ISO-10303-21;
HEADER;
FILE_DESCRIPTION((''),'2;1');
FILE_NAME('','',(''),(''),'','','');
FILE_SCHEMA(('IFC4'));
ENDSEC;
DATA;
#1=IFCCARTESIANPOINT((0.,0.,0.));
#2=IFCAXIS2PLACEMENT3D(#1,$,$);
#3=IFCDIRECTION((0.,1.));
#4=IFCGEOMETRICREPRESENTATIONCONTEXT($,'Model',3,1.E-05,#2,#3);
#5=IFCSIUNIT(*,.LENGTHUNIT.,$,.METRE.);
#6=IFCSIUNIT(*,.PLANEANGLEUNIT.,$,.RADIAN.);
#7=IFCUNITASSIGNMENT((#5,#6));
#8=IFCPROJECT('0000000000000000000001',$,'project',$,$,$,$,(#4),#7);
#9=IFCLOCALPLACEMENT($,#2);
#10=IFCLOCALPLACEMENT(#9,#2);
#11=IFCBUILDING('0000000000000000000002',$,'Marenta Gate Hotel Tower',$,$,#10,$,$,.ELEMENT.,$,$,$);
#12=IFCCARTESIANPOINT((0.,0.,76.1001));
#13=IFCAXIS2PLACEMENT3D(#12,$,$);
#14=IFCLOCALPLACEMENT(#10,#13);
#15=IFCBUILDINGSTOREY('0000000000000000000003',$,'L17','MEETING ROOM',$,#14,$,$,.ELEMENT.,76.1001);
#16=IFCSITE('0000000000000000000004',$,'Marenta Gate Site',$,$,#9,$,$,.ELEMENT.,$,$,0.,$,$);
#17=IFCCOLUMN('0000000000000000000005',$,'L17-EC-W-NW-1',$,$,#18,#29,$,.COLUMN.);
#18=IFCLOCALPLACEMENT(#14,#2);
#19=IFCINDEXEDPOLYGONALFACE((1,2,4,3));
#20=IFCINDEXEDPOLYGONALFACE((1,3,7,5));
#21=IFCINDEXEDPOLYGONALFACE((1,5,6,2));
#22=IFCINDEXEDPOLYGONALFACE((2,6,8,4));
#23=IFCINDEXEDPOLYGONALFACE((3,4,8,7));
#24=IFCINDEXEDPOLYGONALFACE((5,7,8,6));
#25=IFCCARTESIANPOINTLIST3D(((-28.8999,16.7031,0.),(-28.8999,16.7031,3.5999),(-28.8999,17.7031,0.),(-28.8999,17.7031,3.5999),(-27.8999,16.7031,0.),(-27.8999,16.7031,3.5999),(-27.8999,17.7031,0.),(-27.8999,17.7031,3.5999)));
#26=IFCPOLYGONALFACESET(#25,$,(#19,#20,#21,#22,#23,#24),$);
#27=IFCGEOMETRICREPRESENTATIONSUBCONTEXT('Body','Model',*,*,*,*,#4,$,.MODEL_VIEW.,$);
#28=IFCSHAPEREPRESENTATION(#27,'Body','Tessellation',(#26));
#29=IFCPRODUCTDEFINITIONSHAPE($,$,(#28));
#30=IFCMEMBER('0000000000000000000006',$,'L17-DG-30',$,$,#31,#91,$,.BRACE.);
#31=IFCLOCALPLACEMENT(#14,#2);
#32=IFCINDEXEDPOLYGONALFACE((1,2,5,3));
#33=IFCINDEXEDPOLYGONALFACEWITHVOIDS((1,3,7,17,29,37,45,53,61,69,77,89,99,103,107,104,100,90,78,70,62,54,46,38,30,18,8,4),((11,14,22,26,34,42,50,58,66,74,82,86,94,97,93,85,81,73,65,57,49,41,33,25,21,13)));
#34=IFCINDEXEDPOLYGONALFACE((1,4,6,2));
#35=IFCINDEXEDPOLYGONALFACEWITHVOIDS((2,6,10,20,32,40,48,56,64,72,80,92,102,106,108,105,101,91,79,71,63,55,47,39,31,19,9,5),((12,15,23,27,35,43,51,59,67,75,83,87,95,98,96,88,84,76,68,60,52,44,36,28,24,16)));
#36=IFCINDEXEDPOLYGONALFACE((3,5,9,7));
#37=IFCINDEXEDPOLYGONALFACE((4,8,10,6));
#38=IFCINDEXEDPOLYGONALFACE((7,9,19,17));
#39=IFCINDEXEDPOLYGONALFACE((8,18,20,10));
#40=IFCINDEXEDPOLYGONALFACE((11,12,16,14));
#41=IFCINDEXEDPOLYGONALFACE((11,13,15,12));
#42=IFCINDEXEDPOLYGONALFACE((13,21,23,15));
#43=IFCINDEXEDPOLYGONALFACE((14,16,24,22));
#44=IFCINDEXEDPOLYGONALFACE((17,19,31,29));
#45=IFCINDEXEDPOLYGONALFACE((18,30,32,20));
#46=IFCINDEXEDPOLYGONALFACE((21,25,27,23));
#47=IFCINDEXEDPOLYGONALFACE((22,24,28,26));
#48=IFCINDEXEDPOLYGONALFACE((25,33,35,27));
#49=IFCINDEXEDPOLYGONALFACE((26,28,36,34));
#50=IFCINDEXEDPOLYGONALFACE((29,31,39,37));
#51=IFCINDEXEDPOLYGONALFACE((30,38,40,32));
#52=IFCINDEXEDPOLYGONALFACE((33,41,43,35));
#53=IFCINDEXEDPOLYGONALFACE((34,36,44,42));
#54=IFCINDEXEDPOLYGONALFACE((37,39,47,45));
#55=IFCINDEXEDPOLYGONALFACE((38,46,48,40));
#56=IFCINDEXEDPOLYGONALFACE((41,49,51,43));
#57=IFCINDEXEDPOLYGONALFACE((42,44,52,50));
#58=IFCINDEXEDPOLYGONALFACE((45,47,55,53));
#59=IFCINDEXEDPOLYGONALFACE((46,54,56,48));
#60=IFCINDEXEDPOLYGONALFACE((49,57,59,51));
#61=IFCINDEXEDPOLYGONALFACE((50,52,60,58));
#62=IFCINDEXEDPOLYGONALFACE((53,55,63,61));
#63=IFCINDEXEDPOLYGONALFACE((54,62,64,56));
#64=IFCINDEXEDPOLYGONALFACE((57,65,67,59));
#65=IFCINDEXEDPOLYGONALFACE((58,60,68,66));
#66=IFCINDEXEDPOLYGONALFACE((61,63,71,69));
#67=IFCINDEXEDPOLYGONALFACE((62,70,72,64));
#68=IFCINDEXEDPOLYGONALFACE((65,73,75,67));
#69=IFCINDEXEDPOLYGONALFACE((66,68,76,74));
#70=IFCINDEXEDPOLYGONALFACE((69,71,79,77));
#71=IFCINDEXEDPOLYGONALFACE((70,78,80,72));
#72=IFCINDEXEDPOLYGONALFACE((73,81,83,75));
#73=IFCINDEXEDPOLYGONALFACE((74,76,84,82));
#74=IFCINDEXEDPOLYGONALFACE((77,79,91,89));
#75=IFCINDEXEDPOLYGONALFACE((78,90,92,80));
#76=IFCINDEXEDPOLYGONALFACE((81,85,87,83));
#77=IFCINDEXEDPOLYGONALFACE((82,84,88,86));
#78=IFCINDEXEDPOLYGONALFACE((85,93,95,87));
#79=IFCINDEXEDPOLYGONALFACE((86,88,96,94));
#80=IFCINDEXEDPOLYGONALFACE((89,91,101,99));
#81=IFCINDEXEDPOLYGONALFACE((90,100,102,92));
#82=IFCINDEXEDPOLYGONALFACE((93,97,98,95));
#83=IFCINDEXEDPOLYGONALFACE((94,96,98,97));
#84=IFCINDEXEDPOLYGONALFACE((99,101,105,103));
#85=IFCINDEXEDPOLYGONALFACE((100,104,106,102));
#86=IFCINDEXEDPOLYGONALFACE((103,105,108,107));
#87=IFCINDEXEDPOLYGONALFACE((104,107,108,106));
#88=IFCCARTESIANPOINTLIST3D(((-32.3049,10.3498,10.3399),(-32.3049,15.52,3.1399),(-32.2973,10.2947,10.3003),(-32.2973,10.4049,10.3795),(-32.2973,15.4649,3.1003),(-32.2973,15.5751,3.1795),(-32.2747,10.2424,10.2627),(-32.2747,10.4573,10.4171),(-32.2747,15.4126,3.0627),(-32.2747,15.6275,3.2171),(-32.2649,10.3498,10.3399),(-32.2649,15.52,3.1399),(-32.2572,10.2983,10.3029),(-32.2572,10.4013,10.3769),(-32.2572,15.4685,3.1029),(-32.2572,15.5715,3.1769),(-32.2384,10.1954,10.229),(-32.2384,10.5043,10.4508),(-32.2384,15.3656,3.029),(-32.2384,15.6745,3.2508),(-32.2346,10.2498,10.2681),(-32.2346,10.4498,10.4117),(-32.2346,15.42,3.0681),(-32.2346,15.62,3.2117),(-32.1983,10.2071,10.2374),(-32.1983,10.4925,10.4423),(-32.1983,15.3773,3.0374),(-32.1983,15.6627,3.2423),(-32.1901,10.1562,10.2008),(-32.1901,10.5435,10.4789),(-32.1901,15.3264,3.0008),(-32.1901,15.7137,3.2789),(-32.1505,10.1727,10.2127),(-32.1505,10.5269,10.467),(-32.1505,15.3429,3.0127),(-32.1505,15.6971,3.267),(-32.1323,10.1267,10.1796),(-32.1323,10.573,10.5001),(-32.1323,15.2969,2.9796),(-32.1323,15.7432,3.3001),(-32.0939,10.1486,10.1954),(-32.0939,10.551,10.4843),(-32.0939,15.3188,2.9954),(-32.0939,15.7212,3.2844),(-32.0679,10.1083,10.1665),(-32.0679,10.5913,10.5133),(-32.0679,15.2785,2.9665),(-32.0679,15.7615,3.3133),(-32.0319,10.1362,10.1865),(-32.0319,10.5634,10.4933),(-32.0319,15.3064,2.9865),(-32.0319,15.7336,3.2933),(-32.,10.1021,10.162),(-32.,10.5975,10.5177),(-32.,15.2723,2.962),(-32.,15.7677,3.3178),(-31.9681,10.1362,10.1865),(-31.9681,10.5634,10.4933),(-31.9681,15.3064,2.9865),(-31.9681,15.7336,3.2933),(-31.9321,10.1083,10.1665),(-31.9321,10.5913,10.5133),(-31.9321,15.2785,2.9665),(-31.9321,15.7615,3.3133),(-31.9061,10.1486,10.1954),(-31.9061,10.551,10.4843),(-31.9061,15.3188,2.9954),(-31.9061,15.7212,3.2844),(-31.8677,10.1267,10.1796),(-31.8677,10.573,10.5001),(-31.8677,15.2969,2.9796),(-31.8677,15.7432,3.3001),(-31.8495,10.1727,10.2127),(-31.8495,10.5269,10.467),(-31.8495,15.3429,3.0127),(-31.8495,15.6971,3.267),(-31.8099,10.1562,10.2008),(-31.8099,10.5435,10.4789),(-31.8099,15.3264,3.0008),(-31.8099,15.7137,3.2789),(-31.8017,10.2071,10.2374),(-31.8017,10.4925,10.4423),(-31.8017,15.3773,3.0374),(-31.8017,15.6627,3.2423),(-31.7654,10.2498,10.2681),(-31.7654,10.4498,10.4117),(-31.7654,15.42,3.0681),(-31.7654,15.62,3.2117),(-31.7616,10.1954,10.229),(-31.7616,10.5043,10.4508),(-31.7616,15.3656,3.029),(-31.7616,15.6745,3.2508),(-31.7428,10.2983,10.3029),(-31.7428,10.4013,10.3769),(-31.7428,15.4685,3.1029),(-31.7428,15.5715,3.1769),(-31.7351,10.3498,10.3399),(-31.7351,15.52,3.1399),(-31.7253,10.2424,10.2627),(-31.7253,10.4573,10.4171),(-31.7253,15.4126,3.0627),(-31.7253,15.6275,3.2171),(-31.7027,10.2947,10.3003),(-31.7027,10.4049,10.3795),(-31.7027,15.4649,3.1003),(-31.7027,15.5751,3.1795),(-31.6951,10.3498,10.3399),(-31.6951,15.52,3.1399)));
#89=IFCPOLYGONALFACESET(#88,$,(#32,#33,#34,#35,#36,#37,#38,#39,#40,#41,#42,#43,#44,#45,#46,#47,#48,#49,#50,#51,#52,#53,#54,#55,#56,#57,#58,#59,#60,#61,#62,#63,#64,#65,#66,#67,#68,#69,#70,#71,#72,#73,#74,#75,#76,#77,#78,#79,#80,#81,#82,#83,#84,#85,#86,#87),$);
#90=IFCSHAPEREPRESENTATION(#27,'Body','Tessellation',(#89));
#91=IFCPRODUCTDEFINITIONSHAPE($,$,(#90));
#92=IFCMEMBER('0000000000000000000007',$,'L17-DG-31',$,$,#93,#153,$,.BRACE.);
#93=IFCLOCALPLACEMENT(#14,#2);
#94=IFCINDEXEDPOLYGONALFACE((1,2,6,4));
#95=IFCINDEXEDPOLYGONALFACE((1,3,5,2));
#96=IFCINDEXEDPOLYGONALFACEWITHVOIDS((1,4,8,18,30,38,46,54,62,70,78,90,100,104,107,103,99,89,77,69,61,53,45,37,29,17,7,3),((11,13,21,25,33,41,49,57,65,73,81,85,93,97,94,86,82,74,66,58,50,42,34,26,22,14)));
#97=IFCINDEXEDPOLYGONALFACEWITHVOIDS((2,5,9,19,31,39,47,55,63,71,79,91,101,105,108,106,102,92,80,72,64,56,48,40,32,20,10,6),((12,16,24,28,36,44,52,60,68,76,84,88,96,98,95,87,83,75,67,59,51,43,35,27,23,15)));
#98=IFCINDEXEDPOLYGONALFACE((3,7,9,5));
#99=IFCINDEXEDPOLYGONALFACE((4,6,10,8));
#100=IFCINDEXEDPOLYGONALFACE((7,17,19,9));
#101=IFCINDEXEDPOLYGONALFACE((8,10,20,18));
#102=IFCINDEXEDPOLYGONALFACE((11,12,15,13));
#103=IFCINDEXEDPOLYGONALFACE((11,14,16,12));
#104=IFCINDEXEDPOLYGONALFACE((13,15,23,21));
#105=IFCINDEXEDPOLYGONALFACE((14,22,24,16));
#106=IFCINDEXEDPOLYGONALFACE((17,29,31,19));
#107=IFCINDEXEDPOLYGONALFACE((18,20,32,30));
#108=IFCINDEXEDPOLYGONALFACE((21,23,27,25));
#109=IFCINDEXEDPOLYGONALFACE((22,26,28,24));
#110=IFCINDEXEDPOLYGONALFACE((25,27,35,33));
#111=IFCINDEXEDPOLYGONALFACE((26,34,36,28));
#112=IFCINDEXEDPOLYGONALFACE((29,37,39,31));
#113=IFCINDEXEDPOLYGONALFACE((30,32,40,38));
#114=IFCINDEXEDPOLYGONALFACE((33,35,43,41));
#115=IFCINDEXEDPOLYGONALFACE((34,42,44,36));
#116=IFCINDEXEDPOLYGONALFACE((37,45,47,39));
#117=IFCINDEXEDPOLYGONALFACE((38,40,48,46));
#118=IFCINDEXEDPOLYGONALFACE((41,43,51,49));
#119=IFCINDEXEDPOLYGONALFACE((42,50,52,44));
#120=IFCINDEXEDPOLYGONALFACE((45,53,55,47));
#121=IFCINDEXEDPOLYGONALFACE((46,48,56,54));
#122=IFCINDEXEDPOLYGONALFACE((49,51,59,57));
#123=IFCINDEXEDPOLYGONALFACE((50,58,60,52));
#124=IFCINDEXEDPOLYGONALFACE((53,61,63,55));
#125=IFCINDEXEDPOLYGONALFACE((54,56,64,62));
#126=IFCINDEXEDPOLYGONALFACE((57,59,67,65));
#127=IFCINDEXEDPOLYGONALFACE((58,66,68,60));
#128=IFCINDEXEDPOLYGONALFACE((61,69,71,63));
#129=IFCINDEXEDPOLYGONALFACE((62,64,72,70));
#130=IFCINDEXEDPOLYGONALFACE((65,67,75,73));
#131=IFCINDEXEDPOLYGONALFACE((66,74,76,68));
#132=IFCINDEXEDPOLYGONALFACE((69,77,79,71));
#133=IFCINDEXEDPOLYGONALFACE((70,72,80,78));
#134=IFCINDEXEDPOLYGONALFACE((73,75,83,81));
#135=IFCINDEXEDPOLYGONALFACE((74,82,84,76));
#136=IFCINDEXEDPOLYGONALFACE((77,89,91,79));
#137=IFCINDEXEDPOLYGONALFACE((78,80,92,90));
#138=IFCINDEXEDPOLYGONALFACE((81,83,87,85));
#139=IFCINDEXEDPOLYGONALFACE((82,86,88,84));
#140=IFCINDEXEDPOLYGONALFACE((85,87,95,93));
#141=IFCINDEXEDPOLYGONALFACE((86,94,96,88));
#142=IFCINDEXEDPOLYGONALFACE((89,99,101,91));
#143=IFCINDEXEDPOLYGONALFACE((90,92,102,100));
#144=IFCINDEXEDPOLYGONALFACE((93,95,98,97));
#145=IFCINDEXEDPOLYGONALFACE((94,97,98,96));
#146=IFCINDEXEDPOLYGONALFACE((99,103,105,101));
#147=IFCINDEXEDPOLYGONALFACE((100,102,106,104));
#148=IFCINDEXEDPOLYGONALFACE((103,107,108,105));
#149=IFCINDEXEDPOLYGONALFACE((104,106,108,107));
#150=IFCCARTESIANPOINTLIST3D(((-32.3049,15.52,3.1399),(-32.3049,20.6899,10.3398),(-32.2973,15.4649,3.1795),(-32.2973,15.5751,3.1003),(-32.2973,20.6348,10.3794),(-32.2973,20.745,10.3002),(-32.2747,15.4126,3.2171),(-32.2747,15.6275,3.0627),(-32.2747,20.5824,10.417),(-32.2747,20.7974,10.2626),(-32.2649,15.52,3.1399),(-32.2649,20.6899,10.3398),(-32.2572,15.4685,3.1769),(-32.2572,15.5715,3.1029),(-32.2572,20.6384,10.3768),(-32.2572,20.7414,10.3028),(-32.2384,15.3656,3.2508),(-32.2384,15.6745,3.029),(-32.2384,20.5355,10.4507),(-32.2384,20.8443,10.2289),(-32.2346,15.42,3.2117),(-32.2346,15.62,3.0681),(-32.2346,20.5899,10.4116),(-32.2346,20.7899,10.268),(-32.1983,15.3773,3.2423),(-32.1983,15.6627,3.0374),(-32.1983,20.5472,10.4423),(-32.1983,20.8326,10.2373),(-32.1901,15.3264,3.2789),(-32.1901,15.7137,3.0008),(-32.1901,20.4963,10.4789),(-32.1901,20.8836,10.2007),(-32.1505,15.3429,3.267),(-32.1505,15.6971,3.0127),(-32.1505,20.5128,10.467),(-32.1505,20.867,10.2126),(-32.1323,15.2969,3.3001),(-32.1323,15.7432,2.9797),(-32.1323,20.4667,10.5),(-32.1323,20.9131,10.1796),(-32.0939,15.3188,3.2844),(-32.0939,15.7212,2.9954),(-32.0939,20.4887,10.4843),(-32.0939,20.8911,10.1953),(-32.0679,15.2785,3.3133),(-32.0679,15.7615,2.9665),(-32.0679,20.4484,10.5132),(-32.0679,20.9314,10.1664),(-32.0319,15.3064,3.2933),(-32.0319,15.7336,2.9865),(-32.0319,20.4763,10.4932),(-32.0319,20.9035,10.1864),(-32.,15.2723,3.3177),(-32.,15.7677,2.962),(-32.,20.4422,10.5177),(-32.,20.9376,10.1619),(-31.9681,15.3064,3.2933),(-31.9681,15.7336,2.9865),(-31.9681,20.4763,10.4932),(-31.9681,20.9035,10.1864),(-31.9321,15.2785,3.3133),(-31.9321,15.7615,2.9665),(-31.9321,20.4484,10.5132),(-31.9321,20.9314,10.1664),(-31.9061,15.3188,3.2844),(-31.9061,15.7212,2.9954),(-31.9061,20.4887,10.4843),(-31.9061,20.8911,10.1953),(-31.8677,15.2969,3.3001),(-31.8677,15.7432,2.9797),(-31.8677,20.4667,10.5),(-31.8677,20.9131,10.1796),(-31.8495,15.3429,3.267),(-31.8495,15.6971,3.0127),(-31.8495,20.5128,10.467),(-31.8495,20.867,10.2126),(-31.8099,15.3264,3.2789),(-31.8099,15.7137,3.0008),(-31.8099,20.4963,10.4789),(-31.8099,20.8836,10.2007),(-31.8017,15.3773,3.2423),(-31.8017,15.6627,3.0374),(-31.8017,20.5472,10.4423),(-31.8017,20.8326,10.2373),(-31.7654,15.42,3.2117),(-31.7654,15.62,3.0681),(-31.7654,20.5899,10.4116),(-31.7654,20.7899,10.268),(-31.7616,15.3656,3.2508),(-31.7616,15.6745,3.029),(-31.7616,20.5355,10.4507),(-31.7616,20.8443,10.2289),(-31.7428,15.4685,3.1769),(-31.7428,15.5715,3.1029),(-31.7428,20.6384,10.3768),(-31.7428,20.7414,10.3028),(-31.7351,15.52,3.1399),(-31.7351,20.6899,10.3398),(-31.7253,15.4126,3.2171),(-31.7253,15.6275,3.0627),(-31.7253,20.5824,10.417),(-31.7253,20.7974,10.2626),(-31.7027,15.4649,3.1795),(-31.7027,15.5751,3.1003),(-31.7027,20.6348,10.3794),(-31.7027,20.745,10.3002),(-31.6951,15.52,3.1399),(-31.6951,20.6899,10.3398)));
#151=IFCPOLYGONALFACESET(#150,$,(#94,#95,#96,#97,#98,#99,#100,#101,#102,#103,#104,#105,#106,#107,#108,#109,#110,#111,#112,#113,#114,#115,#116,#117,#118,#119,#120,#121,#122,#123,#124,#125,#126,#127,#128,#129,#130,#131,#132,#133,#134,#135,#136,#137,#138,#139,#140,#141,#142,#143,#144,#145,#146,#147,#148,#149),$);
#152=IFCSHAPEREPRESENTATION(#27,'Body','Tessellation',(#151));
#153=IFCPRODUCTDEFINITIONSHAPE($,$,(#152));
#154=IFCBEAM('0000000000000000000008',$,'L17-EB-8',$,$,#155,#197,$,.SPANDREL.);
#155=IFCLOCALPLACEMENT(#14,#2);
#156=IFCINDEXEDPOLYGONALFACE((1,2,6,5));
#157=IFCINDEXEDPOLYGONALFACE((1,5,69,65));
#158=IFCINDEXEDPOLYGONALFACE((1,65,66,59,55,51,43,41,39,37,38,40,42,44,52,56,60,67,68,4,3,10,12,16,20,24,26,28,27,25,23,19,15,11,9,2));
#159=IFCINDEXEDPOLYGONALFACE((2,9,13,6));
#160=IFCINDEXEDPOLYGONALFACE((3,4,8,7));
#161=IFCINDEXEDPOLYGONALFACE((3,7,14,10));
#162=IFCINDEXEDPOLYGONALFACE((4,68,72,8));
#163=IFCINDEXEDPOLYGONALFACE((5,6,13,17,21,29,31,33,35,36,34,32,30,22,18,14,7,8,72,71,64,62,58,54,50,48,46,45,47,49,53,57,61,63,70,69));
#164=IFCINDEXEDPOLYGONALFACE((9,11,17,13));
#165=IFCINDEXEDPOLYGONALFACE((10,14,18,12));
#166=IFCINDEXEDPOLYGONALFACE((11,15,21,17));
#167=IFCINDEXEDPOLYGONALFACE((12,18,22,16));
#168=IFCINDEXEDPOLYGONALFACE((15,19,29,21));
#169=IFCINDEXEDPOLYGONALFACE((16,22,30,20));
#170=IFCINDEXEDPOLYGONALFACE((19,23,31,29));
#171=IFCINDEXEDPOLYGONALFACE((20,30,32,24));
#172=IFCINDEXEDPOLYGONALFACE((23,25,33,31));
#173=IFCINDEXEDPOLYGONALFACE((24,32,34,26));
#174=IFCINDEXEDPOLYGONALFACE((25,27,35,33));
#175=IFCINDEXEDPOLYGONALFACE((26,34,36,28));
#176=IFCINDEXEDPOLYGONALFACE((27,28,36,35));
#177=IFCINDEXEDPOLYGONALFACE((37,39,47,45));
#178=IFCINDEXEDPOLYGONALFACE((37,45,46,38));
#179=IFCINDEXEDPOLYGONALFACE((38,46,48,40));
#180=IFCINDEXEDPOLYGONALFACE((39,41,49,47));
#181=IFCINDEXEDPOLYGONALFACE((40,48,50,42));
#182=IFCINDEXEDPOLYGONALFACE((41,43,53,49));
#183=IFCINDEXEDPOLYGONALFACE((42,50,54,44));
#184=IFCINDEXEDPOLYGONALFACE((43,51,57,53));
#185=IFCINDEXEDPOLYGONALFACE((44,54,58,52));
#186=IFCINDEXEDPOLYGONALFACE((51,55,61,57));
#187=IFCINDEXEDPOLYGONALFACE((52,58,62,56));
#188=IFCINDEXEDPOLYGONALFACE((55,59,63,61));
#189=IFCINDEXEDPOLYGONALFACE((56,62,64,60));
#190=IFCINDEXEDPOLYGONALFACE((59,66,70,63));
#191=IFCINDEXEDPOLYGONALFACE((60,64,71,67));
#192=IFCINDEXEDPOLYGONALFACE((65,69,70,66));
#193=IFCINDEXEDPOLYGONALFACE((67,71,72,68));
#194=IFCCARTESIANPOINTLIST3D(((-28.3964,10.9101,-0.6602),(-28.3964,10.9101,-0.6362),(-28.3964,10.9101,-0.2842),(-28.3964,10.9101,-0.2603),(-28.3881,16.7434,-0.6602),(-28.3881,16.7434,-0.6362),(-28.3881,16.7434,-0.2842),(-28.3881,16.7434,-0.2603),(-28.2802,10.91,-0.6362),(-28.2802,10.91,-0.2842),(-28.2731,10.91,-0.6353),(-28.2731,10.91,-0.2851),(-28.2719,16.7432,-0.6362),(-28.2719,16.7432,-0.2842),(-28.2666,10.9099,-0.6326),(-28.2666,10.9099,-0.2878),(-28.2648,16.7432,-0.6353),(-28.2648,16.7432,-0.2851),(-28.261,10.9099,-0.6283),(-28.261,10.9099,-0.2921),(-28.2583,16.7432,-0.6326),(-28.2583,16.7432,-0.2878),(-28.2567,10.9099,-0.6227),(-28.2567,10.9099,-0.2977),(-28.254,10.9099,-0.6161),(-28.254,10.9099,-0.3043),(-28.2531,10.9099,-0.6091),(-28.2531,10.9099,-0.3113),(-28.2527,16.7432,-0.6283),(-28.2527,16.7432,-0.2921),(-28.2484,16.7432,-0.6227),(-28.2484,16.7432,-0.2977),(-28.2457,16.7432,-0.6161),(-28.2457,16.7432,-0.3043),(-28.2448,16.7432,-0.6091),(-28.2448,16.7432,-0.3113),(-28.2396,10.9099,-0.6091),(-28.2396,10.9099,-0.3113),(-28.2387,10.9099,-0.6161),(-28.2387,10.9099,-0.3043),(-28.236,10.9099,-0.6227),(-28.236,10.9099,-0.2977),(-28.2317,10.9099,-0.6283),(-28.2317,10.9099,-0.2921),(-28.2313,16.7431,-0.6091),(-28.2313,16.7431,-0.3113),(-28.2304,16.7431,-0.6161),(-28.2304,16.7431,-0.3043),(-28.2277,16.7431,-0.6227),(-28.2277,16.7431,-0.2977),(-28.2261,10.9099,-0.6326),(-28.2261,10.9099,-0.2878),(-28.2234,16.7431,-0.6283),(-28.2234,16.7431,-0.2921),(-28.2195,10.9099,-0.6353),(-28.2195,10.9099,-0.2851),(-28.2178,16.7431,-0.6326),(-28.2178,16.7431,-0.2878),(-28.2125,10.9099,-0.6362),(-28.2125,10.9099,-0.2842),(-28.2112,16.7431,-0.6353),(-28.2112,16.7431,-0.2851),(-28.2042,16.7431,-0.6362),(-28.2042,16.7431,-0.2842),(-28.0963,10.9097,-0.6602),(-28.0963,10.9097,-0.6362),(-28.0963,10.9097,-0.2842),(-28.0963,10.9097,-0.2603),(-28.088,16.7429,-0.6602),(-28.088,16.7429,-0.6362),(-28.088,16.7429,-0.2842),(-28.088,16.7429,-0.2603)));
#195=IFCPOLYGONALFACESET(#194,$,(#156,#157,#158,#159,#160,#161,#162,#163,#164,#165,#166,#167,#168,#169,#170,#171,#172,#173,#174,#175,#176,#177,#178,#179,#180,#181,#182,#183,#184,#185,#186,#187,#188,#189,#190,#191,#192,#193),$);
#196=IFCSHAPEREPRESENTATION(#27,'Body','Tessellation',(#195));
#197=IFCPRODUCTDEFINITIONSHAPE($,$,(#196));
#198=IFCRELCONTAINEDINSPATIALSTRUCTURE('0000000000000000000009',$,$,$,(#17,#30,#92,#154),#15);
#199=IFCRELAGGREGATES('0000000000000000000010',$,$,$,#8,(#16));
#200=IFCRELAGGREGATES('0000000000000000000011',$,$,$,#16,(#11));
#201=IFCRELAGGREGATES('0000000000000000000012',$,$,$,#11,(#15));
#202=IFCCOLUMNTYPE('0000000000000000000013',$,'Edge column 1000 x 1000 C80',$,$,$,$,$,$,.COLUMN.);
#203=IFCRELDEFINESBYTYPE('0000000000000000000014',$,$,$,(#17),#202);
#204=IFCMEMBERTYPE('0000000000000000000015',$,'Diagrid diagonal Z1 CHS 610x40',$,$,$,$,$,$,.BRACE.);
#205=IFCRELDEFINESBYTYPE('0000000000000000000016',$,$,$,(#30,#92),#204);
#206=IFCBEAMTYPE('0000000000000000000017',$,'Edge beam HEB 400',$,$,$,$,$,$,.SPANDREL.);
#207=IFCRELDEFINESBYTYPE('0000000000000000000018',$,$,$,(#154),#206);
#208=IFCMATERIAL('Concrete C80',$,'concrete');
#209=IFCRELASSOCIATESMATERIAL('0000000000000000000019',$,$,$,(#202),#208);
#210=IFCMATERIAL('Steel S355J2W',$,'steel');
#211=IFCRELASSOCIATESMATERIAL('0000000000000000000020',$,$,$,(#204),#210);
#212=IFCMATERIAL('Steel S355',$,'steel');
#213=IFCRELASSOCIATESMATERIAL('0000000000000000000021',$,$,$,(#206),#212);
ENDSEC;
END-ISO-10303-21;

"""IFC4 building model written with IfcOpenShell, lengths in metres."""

from ifc_helpers import new_model, si_unit, direction, frame, origin, origin_2d, place, context, subcontext, project, spatial, rectangle, hollow_circle, i_section, extrude, material, material_profile, profile_set, type_object, element, save


model = new_model("IFC4")

# Units and contexts
model_context = context("Model", 3, precision=1e-05, world=origin(), true_north=direction((0.0, 1.0)))
body_context = subcontext(model_context, "Body", "Model", "MODEL_VIEW")
ifc_project = project(units=[si_unit("LENGTHUNIT", "METRE"), si_unit("PLANEANGLEUNIT", "RADIAN")], contexts=[model_context])

# Site, building, storey
site_placement = place(None, origin())
site = spatial("IfcSite", under=ifc_project, at=site_placement, Name="Marenta Gate Site", CompositionType="ELEMENT", RefElevation=0.0)
building_placement = place(site_placement, origin())
building = spatial("IfcBuilding", under=site, at=building_placement, Name="Marenta Gate Hotel Tower", CompositionType="ELEMENT")
storey_placement = place(building_placement, frame((0.0, 0.0, 76.1001)))
storey = spatial("IfcBuildingStorey", under=building, at=storey_placement, Name="L17", Description="MEETING ROOM", CompositionType="ELEMENT", Elevation=76.1001)

# Column
ifc_material_1 = material(Name="Concrete C80", Category="concrete")
ifc_material_profile_1 = material_profile(ifc_material_1, rectangle(XDim=1.0, YDim=1.0, at=origin_2d()), Name="1000 x 1000")
ifc_profile_set_1 = profile_set([ifc_material_profile_1], Name="Concrete C80")
column_type = type_object("IfcColumnType", Name="Edge column 1000 x 1000 C80", PredefinedType="COLUMN", material=ifc_profile_set_1)
column_placement = place(storey_placement, frame((-28.3999, 17.2031, 0.0), z_axis=(0.0, 0.0, 1.0), x_axis=(1.0, 0.0, 0.0)))
element("IfcColumn", 1, at=column_placement, inside=storey, type_object=column_type, Name="L17-EC-W-NW-1", PredefinedType="COLUMN", context=body_context, shape_type="SweptSolid", body=[
    extrude(rectangle(XDim=1.0, YDim=1.0, at=origin_2d()), origin(), (0.0, 0.0, 1.0), 3.5999),
])

# Members
ifc_material_2 = material(Name="Steel S355J2W", Category="steel")
ifc_material_profile_2 = material_profile(ifc_material_2, hollow_circle(Radius=0.3049, WallThickness=0.04, at=origin_2d()), Name="CHS 610x40")
ifc_profile_set_2 = profile_set([ifc_material_profile_2], Name="Steel S355J2W")
member_type_1 = type_object("IfcMemberType", Name="Diagrid diagonal Z1 CHS 610x40", PredefinedType="BRACE", material=ifc_profile_set_2)
member_1_placement = place(storey_placement, frame((-32.0, 15.52, 3.1399), z_axis=(0.0, -0.583279, 0.812272), x_axis=(1.0, 0.0, 0.0)))
element("IfcMember", 2, at=member_1_placement, inside=storey, type_object=member_type_1, Name="L17-DG-30", PredefinedType="BRACE", context=body_context, shape_type="SweptSolid", body=[
    extrude(hollow_circle(Radius=0.3049, WallThickness=0.04, at=origin_2d()), origin(), (0.0, 0.0, 1.0), 8.864),
])
member_2_placement = place(storey_placement, frame((-32.0, 15.52, 3.1399), z_axis=(0.0, 0.583261, 0.812285), x_axis=(-1.0, 0.0, 0.0)))
element("IfcMember", 3, at=member_2_placement, inside=storey, type_object=member_type_1, Name="L17-DG-31", PredefinedType="BRACE", context=body_context, shape_type="SweptSolid", body=[
    extrude(hollow_circle(Radius=0.3049, WallThickness=0.04, at=origin_2d()), origin(), (0.0, 0.0, 1.0), 8.8638),
])

# Beam
ifc_material_3 = material(Name="Steel S355", Category="steel")
ifc_material_profile_3 = material_profile(ifc_material_3, i_section(OverallWidth=0.3, OverallDepth=0.3999, WebThickness=0.0134, FlangeThickness=0.0239, FilletRadius=0.0271, at=origin_2d()), Name="HEB 400")
ifc_profile_set_3 = profile_set([ifc_material_profile_3], Name="Steel S355")
beam_type_1 = type_object("IfcBeamType", Name="Edge beam HEB 400", PredefinedType="SPANDREL", material=ifc_profile_set_3)
beam_1_placement = place(storey_placement, frame((-28.2463, 10.9099, -0.4602), z_axis=(0.001423, 0.999999, 0.0), x_axis=(-0.999999, 0.001423, 0.0)))
element("IfcBeam", 4, at=beam_1_placement, inside=storey, type_object=beam_type_1, Name="L17-EB-8", PredefinedType="SPANDREL", context=body_context, shape_type="SweptSolid", body=[
    extrude(i_section(OverallWidth=0.3, OverallDepth=0.3999, WebThickness=0.0134, FlangeThickness=0.0239, FilletRadius=0.0271, at=origin_2d()), origin(), (0.0, 0.0, 1.0), 5.8333),
])

save(model, "model.ifc")
